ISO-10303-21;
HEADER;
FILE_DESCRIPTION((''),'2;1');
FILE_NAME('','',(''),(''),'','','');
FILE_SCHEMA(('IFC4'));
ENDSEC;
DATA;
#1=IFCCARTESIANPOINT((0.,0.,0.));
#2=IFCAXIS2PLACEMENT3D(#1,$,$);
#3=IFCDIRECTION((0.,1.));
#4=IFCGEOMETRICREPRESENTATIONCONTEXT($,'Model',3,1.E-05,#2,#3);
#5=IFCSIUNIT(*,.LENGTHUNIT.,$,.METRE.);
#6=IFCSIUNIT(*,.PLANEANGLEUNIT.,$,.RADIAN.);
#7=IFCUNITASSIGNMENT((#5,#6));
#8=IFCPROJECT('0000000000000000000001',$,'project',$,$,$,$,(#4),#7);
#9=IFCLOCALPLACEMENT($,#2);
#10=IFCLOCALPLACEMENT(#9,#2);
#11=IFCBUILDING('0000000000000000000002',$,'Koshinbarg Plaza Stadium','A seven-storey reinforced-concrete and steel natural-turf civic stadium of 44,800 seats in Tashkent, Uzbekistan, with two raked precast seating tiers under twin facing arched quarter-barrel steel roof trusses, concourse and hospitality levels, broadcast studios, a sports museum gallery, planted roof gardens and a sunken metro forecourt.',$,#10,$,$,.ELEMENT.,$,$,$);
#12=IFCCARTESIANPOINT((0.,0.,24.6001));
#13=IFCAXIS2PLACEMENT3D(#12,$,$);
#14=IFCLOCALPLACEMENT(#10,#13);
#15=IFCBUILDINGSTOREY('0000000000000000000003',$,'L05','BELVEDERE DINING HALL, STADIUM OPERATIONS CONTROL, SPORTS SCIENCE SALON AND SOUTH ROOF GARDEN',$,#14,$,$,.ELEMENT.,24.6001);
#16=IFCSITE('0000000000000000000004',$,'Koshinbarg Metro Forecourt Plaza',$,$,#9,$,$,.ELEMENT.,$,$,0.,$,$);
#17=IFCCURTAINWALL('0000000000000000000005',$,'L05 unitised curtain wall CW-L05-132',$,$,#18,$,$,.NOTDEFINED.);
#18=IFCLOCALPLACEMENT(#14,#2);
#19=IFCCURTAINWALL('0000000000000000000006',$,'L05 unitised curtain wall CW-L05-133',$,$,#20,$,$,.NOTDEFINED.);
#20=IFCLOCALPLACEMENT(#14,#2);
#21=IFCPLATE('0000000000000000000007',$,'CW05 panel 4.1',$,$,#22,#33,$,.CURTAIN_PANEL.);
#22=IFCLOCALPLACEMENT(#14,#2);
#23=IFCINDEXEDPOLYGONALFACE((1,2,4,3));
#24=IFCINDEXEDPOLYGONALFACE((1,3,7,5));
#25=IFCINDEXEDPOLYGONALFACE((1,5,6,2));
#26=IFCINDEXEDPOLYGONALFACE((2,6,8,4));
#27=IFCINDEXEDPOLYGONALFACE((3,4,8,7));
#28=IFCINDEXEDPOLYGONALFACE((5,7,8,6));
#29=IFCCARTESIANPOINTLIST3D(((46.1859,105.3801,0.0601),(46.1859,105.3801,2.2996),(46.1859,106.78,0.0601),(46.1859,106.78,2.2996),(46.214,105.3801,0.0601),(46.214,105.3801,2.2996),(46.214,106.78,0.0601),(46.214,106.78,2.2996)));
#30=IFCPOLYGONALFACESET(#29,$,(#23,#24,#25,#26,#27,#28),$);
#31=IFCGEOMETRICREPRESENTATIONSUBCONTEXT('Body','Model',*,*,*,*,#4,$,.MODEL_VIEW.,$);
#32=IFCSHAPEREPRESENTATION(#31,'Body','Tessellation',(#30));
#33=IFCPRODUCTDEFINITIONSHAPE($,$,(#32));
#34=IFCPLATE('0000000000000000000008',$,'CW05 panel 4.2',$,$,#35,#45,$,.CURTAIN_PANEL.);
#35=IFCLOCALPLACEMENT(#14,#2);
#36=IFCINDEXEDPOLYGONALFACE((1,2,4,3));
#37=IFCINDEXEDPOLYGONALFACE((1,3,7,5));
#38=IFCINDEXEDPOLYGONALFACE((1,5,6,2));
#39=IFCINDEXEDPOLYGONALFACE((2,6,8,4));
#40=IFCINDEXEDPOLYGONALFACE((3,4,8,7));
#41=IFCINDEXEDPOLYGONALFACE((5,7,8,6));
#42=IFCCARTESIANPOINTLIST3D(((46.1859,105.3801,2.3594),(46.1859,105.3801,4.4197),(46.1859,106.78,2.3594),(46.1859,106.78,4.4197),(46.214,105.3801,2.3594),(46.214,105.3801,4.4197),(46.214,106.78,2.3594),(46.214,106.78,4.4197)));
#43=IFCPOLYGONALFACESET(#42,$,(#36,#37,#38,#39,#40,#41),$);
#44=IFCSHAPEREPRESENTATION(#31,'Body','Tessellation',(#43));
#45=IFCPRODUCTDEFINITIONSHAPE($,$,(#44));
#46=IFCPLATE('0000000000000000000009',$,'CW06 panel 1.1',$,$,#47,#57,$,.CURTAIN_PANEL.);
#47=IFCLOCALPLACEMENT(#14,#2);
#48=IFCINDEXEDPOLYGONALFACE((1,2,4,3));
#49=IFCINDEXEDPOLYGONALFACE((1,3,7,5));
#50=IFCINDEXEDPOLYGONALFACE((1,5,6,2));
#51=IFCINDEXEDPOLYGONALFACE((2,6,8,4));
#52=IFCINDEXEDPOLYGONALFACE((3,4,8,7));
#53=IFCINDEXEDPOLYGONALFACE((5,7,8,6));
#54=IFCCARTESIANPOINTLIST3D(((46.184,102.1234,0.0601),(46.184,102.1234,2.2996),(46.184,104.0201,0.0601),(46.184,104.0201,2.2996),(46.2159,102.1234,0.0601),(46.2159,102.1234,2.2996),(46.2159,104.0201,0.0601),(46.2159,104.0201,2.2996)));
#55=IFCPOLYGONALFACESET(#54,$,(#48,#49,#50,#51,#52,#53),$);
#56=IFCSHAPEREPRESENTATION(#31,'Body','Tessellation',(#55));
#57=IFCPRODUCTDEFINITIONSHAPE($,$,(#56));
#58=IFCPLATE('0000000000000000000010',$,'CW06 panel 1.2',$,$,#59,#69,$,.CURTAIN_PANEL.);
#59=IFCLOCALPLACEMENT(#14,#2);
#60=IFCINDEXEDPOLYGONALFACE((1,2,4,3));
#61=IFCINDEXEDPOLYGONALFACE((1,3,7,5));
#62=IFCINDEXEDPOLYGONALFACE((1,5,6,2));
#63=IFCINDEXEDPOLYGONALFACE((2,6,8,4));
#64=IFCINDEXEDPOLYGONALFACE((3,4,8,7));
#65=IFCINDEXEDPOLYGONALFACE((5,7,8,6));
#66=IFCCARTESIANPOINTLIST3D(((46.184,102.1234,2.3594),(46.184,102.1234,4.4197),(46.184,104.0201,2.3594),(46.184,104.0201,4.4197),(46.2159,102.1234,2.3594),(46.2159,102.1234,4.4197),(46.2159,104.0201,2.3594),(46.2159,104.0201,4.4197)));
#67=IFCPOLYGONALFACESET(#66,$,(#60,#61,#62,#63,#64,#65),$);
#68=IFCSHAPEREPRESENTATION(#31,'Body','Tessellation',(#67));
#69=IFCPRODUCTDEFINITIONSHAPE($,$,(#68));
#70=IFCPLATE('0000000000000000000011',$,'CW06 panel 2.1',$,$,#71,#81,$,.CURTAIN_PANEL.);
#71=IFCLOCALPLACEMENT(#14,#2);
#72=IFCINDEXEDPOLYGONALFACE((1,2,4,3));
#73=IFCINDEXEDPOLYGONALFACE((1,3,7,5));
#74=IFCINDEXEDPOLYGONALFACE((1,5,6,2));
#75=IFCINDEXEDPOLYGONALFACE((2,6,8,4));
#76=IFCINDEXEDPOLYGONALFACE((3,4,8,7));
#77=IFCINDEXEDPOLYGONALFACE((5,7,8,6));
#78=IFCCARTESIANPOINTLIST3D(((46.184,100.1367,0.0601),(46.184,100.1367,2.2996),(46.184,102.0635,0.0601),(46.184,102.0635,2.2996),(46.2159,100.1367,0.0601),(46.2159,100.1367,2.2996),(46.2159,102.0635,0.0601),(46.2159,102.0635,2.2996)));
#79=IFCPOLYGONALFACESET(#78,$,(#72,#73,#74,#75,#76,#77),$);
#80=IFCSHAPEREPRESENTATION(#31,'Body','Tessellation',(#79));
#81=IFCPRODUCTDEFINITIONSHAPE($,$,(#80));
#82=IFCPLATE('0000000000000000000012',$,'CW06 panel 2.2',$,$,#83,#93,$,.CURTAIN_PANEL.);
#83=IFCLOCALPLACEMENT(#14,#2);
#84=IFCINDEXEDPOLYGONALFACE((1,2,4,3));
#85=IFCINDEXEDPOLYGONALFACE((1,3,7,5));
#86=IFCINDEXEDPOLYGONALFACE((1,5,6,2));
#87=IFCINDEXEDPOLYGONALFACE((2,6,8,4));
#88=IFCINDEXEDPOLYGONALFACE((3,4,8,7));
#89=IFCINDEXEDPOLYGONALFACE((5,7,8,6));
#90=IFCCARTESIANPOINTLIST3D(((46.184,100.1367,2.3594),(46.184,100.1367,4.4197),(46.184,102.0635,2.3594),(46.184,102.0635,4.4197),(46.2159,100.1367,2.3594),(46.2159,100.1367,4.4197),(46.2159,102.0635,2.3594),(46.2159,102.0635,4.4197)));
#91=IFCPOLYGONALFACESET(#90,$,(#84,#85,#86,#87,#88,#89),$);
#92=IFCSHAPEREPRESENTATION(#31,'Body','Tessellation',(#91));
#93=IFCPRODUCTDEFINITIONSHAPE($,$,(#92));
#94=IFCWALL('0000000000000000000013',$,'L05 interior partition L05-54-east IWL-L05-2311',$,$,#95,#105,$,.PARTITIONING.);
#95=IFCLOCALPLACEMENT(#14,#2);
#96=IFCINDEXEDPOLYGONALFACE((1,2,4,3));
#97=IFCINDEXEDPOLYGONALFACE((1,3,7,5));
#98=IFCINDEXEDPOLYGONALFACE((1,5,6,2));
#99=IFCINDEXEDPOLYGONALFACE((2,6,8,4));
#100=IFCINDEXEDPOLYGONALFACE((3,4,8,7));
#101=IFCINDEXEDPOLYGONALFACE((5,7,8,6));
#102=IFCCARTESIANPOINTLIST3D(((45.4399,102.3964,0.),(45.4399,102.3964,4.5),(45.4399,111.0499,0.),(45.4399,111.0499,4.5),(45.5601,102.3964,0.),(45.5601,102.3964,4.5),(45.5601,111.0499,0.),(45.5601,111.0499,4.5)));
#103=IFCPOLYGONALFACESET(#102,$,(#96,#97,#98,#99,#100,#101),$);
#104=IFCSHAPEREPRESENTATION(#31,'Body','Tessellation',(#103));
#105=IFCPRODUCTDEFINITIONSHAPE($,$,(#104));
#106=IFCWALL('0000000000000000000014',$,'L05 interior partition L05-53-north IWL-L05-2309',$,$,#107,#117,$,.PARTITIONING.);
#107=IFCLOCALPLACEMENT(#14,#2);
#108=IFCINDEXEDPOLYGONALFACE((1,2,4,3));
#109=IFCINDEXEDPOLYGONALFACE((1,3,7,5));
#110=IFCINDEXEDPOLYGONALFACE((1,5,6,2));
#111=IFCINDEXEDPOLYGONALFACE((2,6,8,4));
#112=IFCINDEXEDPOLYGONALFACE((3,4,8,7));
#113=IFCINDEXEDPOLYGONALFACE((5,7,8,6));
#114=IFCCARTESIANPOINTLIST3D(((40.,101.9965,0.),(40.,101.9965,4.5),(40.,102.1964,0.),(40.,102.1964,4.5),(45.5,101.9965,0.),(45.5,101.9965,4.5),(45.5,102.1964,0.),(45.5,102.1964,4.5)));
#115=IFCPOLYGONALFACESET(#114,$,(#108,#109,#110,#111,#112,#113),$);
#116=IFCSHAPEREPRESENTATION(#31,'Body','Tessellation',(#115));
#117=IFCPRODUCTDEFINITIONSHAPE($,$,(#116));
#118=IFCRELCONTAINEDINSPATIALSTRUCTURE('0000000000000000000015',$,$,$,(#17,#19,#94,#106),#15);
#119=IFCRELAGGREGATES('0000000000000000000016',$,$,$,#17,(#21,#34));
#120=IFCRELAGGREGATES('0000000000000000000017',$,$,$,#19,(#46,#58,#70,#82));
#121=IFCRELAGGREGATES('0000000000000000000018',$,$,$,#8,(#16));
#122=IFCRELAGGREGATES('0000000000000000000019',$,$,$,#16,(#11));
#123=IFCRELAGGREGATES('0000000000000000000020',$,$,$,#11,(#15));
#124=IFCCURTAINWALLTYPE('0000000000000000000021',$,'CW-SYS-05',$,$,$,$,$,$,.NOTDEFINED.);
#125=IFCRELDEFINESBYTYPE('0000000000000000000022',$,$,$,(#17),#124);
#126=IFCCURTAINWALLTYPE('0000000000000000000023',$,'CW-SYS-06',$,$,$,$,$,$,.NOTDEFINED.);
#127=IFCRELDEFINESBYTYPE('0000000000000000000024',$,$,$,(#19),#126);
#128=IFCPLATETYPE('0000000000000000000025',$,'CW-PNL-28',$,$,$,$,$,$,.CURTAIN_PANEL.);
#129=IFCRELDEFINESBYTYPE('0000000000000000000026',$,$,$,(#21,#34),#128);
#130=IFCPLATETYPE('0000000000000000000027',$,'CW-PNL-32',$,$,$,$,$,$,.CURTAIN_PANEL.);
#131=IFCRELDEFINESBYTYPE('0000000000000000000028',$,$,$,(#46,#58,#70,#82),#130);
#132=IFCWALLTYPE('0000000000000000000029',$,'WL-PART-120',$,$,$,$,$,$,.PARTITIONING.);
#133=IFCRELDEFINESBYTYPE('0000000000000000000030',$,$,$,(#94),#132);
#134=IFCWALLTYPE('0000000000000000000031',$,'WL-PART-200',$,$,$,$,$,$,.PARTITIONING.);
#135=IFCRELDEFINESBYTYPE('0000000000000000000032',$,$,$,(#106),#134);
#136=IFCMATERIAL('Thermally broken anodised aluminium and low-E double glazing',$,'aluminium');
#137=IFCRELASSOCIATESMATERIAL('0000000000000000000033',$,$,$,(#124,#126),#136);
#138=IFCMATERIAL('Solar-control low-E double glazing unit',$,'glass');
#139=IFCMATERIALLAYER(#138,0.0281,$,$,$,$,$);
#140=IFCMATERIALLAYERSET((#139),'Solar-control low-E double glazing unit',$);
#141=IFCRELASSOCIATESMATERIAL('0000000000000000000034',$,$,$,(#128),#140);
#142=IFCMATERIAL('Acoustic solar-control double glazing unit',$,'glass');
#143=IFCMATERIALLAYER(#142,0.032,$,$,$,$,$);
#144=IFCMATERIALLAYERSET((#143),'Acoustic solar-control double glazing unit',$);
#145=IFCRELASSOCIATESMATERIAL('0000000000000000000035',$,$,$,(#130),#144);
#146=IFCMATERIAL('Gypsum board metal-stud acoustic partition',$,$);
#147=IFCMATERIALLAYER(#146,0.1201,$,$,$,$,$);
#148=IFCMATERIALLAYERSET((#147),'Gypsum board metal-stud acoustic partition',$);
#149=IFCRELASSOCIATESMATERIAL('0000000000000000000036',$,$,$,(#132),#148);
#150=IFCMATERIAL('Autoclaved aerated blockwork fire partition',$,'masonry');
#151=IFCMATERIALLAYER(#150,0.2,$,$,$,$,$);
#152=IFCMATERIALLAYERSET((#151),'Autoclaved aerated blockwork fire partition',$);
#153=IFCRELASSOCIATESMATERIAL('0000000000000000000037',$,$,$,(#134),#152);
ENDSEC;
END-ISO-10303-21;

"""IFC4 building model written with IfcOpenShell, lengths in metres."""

from ifc_helpers import new_model, si_unit, direction, frame, frame_2d, origin, origin_2d, place, context, subcontext, project, spatial, rectangle, extrude, material, layer, layer_set, type_object, element, aggregate, save


model = new_model("IFC4")

# Units and contexts
model_context = context("Model", 3, precision=1e-05, world=origin(), true_north=direction((0.0, 1.0)))
body_context = subcontext(model_context, "Body", "Model", "MODEL_VIEW")
ifc_project = project(units=[si_unit("LENGTHUNIT", "METRE"), si_unit("PLANEANGLEUNIT", "RADIAN")], contexts=[model_context])

# Site, building, storey
site_placement = place(None, origin())
site = spatial("IfcSite", under=ifc_project, at=site_placement, Name="Koshinbarg Metro Forecourt Plaza", CompositionType="ELEMENT", RefElevation=0.0)
building_placement = place(site_placement, origin())
building = spatial("IfcBuilding", under=site, at=building_placement, Name="Koshinbarg Plaza Stadium", Description="A seven-storey reinforced-concrete and steel natural-turf civic stadium of 44,800 seats in Tashkent, Uzbekistan, with two raked precast seating tiers under twin facing arched quarter-barrel steel roof trusses, concourse and hospitality levels, broadcast studios, a sports museum gallery, planted roof gardens and a sunken metro forecourt.", CompositionType="ELEMENT")
storey_placement = place(building_placement, frame((0.0, 0.0, 24.6001)))
storey = spatial("IfcBuildingStorey", under=building, at=storey_placement, Name="L05", Description="BELVEDERE DINING HALL, STADIUM OPERATIONS CONTROL, SPORTS SCIENCE SALON AND SOUTH ROOF GARDEN", CompositionType="ELEMENT", Elevation=24.6001)

# Curtain wall
ifc_material_1 = material(Name="Thermally broken anodised aluminium and low-E double glazing", Category="aluminium")
curtain_wall_type_1 = type_object("IfcCurtainWallType", Name="CW-SYS-05", PredefinedType="NOTDEFINED", material=ifc_material_1)
curtain_wall_1_placement = place(storey_placement, origin())
curtain_wall_1 = element("IfcCurtainWall", 1, at=curtain_wall_1_placement, inside=storey, type_object=curtain_wall_type_1, Name="L05 unitised curtain wall CW-L05-132", PredefinedType="NOTDEFINED")

# Curtain wall
curtain_wall_type_2 = type_object("IfcCurtainWallType", Name="CW-SYS-06", PredefinedType="NOTDEFINED", material=ifc_material_1)
curtain_wall_2_placement = place(storey_placement, origin())
curtain_wall_2 = element("IfcCurtainWall", 2, at=curtain_wall_2_placement, inside=storey, type_object=curtain_wall_type_2, Name="L05 unitised curtain wall CW-L05-133", PredefinedType="NOTDEFINED")

# Plates
ifc_material_2 = material(Name="Solar-control low-E double glazing unit", Category="glass")
ifc_layer_1 = layer(ifc_material_2, 0.0281)
ifc_layer_set_1 = layer_set([ifc_layer_1], Name="Solar-control low-E double glazing unit")
plate_type_1 = type_object("IfcPlateType", Name="CW-PNL-28", PredefinedType="CURTAIN_PANEL", material=ifc_layer_set_1)
plate_1_placement = place(storey_placement, frame((46.2, 106.0801, 0.0601), z_axis=(0.0, 0.0, 1.0), x_axis=(0.0, -1.0, 0.0)))
plate_1 = element("IfcPlate", 3, at=plate_1_placement, type_object=plate_type_1, Name="CW05 panel 4.1", PredefinedType="CURTAIN_PANEL", context=body_context, shape_type="SweptSolid", body=[
    extrude(rectangle(XDim=1.3999, YDim=0.0281, at=origin_2d()), origin(), (0.0, 0.0, 1.0), 2.2395),
])
plate_2_placement = place(storey_placement, frame((46.2, 106.0801, 2.3594), z_axis=(0.0, 0.0, 1.0), x_axis=(0.0, -1.0, 0.0)))
plate_2 = element("IfcPlate", 4, at=plate_2_placement, type_object=plate_type_1, Name="CW05 panel 4.2", PredefinedType="CURTAIN_PANEL", context=body_context, shape_type="SweptSolid", body=[
    extrude(rectangle(XDim=1.3999, YDim=0.0281, at=origin_2d()), origin(), (0.0, 0.0, 1.0), 2.0603),
])
aggregate(curtain_wall_1, [plate_1, plate_2])
ifc_material_3 = material(Name="Acoustic solar-control double glazing unit", Category="glass")
ifc_layer_2 = layer(ifc_material_3, 0.032)
ifc_layer_set_2 = layer_set([ifc_layer_2], Name="Acoustic solar-control double glazing unit")
plate_type_2 = type_object("IfcPlateType", Name="CW-PNL-32", PredefinedType="CURTAIN_PANEL", material=ifc_layer_set_2)
plate_3_placement = place(storey_placement, frame((46.2, 103.0718, 0.0601), z_axis=(0.0, 0.0, 1.0), x_axis=(0.0, -1.0, 0.0)))
plate_3 = element("IfcPlate", 5, at=plate_3_placement, type_object=plate_type_2, Name="CW06 panel 1.1", PredefinedType="CURTAIN_PANEL", context=body_context, shape_type="SweptSolid", body=[
    extrude(rectangle(XDim=1.8967, YDim=0.032, at=origin_2d()), origin(), (0.0, 0.0, 1.0), 2.2395),
])
plate_4_placement = place(storey_placement, frame((46.2, 103.0718, 2.3594), z_axis=(0.0, 0.0, 1.0), x_axis=(0.0, -1.0, 0.0)))
plate_4 = element("IfcPlate", 6, at=plate_4_placement, type_object=plate_type_2, Name="CW06 panel 1.2", PredefinedType="CURTAIN_PANEL", context=body_context, shape_type="SweptSolid", body=[
    extrude(rectangle(XDim=1.8967, YDim=0.032, at=origin_2d()), origin(), (0.0, 0.0, 1.0), 2.0603),
])
plate_5_placement = place(storey_placement, frame((46.2, 101.1001, 0.0601), z_axis=(0.0, 0.0, 1.0), x_axis=(0.0, -1.0, 0.0)))
plate_5 = element("IfcPlate", 7, at=plate_5_placement, type_object=plate_type_2, Name="CW06 panel 2.1", PredefinedType="CURTAIN_PANEL", context=body_context, shape_type="SweptSolid", body=[
    extrude(rectangle(XDim=1.9268, YDim=0.032, at=origin_2d()), origin(), (0.0, 0.0, 1.0), 2.2395),
])
plate_6_placement = place(storey_placement, frame((46.2, 101.1001, 2.3594), z_axis=(0.0, 0.0, 1.0), x_axis=(0.0, -1.0, 0.0)))
plate_6 = element("IfcPlate", 8, at=plate_6_placement, type_object=plate_type_2, Name="CW06 panel 2.2", PredefinedType="CURTAIN_PANEL", context=body_context, shape_type="SweptSolid", body=[
    extrude(rectangle(XDim=1.9268, YDim=0.032, at=origin_2d()), origin(), (0.0, 0.0, 1.0), 2.0603),
])
aggregate(curtain_wall_2, [plate_3, plate_4, plate_5, plate_6])

# Walls
ifc_material_4 = material(Name="Gypsum board metal-stud acoustic partition")
ifc_layer_3 = layer(ifc_material_4, 0.1201)
ifc_layer_set_3 = layer_set([ifc_layer_3], Name="Gypsum board metal-stud acoustic partition")
wall_type_1 = type_object("IfcWallType", Name="WL-PART-120", PredefinedType="PARTITIONING", material=ifc_layer_set_3)
wall_1_placement = place(storey_placement, frame((45.5, 102.3965, 0.0), z_axis=(0.0, 0.0, 1.0), x_axis=(0.0, 1.0, 0.0)))
element("IfcWall", 9, at=wall_1_placement, inside=storey, type_object=wall_type_1, Name="L05 interior partition L05-54-east IWL-L05-2311", PredefinedType="PARTITIONING", context=body_context, shape_type="SweptSolid", body=[
    extrude(rectangle(XDim=8.6536, YDim=0.1201, at=frame_2d((4.3267, 0.0))), origin(), (0.0, 0.0, 1.0), 4.5),
])
ifc_material_5 = material(Name="Autoclaved aerated blockwork fire partition", Category="masonry")
ifc_layer_4 = layer(ifc_material_5, 0.2)
ifc_layer_set_4 = layer_set([ifc_layer_4], Name="Autoclaved aerated blockwork fire partition")
wall_type_2 = type_object("IfcWallType", Name="WL-PART-200", PredefinedType="PARTITIONING", material=ifc_layer_set_4)
wall_2_placement = place(storey_placement, frame((45.5, 102.0964, 0.0), z_axis=(0.0, 0.0, 1.0), x_axis=(-1.0, 0.0, 0.0)))
element("IfcWall", 10, at=wall_2_placement, inside=storey, type_object=wall_type_2, Name="L05 interior partition L05-53-north IWL-L05-2309", PredefinedType="PARTITIONING", context=body_context, shape_type="SweptSolid", body=[
    extrude(rectangle(XDim=5.5, YDim=0.2, at=frame_2d((2.75, 0.0))), origin(), (0.0, 0.0, 1.0), 4.5),
])

save(model, "model.ifc")
